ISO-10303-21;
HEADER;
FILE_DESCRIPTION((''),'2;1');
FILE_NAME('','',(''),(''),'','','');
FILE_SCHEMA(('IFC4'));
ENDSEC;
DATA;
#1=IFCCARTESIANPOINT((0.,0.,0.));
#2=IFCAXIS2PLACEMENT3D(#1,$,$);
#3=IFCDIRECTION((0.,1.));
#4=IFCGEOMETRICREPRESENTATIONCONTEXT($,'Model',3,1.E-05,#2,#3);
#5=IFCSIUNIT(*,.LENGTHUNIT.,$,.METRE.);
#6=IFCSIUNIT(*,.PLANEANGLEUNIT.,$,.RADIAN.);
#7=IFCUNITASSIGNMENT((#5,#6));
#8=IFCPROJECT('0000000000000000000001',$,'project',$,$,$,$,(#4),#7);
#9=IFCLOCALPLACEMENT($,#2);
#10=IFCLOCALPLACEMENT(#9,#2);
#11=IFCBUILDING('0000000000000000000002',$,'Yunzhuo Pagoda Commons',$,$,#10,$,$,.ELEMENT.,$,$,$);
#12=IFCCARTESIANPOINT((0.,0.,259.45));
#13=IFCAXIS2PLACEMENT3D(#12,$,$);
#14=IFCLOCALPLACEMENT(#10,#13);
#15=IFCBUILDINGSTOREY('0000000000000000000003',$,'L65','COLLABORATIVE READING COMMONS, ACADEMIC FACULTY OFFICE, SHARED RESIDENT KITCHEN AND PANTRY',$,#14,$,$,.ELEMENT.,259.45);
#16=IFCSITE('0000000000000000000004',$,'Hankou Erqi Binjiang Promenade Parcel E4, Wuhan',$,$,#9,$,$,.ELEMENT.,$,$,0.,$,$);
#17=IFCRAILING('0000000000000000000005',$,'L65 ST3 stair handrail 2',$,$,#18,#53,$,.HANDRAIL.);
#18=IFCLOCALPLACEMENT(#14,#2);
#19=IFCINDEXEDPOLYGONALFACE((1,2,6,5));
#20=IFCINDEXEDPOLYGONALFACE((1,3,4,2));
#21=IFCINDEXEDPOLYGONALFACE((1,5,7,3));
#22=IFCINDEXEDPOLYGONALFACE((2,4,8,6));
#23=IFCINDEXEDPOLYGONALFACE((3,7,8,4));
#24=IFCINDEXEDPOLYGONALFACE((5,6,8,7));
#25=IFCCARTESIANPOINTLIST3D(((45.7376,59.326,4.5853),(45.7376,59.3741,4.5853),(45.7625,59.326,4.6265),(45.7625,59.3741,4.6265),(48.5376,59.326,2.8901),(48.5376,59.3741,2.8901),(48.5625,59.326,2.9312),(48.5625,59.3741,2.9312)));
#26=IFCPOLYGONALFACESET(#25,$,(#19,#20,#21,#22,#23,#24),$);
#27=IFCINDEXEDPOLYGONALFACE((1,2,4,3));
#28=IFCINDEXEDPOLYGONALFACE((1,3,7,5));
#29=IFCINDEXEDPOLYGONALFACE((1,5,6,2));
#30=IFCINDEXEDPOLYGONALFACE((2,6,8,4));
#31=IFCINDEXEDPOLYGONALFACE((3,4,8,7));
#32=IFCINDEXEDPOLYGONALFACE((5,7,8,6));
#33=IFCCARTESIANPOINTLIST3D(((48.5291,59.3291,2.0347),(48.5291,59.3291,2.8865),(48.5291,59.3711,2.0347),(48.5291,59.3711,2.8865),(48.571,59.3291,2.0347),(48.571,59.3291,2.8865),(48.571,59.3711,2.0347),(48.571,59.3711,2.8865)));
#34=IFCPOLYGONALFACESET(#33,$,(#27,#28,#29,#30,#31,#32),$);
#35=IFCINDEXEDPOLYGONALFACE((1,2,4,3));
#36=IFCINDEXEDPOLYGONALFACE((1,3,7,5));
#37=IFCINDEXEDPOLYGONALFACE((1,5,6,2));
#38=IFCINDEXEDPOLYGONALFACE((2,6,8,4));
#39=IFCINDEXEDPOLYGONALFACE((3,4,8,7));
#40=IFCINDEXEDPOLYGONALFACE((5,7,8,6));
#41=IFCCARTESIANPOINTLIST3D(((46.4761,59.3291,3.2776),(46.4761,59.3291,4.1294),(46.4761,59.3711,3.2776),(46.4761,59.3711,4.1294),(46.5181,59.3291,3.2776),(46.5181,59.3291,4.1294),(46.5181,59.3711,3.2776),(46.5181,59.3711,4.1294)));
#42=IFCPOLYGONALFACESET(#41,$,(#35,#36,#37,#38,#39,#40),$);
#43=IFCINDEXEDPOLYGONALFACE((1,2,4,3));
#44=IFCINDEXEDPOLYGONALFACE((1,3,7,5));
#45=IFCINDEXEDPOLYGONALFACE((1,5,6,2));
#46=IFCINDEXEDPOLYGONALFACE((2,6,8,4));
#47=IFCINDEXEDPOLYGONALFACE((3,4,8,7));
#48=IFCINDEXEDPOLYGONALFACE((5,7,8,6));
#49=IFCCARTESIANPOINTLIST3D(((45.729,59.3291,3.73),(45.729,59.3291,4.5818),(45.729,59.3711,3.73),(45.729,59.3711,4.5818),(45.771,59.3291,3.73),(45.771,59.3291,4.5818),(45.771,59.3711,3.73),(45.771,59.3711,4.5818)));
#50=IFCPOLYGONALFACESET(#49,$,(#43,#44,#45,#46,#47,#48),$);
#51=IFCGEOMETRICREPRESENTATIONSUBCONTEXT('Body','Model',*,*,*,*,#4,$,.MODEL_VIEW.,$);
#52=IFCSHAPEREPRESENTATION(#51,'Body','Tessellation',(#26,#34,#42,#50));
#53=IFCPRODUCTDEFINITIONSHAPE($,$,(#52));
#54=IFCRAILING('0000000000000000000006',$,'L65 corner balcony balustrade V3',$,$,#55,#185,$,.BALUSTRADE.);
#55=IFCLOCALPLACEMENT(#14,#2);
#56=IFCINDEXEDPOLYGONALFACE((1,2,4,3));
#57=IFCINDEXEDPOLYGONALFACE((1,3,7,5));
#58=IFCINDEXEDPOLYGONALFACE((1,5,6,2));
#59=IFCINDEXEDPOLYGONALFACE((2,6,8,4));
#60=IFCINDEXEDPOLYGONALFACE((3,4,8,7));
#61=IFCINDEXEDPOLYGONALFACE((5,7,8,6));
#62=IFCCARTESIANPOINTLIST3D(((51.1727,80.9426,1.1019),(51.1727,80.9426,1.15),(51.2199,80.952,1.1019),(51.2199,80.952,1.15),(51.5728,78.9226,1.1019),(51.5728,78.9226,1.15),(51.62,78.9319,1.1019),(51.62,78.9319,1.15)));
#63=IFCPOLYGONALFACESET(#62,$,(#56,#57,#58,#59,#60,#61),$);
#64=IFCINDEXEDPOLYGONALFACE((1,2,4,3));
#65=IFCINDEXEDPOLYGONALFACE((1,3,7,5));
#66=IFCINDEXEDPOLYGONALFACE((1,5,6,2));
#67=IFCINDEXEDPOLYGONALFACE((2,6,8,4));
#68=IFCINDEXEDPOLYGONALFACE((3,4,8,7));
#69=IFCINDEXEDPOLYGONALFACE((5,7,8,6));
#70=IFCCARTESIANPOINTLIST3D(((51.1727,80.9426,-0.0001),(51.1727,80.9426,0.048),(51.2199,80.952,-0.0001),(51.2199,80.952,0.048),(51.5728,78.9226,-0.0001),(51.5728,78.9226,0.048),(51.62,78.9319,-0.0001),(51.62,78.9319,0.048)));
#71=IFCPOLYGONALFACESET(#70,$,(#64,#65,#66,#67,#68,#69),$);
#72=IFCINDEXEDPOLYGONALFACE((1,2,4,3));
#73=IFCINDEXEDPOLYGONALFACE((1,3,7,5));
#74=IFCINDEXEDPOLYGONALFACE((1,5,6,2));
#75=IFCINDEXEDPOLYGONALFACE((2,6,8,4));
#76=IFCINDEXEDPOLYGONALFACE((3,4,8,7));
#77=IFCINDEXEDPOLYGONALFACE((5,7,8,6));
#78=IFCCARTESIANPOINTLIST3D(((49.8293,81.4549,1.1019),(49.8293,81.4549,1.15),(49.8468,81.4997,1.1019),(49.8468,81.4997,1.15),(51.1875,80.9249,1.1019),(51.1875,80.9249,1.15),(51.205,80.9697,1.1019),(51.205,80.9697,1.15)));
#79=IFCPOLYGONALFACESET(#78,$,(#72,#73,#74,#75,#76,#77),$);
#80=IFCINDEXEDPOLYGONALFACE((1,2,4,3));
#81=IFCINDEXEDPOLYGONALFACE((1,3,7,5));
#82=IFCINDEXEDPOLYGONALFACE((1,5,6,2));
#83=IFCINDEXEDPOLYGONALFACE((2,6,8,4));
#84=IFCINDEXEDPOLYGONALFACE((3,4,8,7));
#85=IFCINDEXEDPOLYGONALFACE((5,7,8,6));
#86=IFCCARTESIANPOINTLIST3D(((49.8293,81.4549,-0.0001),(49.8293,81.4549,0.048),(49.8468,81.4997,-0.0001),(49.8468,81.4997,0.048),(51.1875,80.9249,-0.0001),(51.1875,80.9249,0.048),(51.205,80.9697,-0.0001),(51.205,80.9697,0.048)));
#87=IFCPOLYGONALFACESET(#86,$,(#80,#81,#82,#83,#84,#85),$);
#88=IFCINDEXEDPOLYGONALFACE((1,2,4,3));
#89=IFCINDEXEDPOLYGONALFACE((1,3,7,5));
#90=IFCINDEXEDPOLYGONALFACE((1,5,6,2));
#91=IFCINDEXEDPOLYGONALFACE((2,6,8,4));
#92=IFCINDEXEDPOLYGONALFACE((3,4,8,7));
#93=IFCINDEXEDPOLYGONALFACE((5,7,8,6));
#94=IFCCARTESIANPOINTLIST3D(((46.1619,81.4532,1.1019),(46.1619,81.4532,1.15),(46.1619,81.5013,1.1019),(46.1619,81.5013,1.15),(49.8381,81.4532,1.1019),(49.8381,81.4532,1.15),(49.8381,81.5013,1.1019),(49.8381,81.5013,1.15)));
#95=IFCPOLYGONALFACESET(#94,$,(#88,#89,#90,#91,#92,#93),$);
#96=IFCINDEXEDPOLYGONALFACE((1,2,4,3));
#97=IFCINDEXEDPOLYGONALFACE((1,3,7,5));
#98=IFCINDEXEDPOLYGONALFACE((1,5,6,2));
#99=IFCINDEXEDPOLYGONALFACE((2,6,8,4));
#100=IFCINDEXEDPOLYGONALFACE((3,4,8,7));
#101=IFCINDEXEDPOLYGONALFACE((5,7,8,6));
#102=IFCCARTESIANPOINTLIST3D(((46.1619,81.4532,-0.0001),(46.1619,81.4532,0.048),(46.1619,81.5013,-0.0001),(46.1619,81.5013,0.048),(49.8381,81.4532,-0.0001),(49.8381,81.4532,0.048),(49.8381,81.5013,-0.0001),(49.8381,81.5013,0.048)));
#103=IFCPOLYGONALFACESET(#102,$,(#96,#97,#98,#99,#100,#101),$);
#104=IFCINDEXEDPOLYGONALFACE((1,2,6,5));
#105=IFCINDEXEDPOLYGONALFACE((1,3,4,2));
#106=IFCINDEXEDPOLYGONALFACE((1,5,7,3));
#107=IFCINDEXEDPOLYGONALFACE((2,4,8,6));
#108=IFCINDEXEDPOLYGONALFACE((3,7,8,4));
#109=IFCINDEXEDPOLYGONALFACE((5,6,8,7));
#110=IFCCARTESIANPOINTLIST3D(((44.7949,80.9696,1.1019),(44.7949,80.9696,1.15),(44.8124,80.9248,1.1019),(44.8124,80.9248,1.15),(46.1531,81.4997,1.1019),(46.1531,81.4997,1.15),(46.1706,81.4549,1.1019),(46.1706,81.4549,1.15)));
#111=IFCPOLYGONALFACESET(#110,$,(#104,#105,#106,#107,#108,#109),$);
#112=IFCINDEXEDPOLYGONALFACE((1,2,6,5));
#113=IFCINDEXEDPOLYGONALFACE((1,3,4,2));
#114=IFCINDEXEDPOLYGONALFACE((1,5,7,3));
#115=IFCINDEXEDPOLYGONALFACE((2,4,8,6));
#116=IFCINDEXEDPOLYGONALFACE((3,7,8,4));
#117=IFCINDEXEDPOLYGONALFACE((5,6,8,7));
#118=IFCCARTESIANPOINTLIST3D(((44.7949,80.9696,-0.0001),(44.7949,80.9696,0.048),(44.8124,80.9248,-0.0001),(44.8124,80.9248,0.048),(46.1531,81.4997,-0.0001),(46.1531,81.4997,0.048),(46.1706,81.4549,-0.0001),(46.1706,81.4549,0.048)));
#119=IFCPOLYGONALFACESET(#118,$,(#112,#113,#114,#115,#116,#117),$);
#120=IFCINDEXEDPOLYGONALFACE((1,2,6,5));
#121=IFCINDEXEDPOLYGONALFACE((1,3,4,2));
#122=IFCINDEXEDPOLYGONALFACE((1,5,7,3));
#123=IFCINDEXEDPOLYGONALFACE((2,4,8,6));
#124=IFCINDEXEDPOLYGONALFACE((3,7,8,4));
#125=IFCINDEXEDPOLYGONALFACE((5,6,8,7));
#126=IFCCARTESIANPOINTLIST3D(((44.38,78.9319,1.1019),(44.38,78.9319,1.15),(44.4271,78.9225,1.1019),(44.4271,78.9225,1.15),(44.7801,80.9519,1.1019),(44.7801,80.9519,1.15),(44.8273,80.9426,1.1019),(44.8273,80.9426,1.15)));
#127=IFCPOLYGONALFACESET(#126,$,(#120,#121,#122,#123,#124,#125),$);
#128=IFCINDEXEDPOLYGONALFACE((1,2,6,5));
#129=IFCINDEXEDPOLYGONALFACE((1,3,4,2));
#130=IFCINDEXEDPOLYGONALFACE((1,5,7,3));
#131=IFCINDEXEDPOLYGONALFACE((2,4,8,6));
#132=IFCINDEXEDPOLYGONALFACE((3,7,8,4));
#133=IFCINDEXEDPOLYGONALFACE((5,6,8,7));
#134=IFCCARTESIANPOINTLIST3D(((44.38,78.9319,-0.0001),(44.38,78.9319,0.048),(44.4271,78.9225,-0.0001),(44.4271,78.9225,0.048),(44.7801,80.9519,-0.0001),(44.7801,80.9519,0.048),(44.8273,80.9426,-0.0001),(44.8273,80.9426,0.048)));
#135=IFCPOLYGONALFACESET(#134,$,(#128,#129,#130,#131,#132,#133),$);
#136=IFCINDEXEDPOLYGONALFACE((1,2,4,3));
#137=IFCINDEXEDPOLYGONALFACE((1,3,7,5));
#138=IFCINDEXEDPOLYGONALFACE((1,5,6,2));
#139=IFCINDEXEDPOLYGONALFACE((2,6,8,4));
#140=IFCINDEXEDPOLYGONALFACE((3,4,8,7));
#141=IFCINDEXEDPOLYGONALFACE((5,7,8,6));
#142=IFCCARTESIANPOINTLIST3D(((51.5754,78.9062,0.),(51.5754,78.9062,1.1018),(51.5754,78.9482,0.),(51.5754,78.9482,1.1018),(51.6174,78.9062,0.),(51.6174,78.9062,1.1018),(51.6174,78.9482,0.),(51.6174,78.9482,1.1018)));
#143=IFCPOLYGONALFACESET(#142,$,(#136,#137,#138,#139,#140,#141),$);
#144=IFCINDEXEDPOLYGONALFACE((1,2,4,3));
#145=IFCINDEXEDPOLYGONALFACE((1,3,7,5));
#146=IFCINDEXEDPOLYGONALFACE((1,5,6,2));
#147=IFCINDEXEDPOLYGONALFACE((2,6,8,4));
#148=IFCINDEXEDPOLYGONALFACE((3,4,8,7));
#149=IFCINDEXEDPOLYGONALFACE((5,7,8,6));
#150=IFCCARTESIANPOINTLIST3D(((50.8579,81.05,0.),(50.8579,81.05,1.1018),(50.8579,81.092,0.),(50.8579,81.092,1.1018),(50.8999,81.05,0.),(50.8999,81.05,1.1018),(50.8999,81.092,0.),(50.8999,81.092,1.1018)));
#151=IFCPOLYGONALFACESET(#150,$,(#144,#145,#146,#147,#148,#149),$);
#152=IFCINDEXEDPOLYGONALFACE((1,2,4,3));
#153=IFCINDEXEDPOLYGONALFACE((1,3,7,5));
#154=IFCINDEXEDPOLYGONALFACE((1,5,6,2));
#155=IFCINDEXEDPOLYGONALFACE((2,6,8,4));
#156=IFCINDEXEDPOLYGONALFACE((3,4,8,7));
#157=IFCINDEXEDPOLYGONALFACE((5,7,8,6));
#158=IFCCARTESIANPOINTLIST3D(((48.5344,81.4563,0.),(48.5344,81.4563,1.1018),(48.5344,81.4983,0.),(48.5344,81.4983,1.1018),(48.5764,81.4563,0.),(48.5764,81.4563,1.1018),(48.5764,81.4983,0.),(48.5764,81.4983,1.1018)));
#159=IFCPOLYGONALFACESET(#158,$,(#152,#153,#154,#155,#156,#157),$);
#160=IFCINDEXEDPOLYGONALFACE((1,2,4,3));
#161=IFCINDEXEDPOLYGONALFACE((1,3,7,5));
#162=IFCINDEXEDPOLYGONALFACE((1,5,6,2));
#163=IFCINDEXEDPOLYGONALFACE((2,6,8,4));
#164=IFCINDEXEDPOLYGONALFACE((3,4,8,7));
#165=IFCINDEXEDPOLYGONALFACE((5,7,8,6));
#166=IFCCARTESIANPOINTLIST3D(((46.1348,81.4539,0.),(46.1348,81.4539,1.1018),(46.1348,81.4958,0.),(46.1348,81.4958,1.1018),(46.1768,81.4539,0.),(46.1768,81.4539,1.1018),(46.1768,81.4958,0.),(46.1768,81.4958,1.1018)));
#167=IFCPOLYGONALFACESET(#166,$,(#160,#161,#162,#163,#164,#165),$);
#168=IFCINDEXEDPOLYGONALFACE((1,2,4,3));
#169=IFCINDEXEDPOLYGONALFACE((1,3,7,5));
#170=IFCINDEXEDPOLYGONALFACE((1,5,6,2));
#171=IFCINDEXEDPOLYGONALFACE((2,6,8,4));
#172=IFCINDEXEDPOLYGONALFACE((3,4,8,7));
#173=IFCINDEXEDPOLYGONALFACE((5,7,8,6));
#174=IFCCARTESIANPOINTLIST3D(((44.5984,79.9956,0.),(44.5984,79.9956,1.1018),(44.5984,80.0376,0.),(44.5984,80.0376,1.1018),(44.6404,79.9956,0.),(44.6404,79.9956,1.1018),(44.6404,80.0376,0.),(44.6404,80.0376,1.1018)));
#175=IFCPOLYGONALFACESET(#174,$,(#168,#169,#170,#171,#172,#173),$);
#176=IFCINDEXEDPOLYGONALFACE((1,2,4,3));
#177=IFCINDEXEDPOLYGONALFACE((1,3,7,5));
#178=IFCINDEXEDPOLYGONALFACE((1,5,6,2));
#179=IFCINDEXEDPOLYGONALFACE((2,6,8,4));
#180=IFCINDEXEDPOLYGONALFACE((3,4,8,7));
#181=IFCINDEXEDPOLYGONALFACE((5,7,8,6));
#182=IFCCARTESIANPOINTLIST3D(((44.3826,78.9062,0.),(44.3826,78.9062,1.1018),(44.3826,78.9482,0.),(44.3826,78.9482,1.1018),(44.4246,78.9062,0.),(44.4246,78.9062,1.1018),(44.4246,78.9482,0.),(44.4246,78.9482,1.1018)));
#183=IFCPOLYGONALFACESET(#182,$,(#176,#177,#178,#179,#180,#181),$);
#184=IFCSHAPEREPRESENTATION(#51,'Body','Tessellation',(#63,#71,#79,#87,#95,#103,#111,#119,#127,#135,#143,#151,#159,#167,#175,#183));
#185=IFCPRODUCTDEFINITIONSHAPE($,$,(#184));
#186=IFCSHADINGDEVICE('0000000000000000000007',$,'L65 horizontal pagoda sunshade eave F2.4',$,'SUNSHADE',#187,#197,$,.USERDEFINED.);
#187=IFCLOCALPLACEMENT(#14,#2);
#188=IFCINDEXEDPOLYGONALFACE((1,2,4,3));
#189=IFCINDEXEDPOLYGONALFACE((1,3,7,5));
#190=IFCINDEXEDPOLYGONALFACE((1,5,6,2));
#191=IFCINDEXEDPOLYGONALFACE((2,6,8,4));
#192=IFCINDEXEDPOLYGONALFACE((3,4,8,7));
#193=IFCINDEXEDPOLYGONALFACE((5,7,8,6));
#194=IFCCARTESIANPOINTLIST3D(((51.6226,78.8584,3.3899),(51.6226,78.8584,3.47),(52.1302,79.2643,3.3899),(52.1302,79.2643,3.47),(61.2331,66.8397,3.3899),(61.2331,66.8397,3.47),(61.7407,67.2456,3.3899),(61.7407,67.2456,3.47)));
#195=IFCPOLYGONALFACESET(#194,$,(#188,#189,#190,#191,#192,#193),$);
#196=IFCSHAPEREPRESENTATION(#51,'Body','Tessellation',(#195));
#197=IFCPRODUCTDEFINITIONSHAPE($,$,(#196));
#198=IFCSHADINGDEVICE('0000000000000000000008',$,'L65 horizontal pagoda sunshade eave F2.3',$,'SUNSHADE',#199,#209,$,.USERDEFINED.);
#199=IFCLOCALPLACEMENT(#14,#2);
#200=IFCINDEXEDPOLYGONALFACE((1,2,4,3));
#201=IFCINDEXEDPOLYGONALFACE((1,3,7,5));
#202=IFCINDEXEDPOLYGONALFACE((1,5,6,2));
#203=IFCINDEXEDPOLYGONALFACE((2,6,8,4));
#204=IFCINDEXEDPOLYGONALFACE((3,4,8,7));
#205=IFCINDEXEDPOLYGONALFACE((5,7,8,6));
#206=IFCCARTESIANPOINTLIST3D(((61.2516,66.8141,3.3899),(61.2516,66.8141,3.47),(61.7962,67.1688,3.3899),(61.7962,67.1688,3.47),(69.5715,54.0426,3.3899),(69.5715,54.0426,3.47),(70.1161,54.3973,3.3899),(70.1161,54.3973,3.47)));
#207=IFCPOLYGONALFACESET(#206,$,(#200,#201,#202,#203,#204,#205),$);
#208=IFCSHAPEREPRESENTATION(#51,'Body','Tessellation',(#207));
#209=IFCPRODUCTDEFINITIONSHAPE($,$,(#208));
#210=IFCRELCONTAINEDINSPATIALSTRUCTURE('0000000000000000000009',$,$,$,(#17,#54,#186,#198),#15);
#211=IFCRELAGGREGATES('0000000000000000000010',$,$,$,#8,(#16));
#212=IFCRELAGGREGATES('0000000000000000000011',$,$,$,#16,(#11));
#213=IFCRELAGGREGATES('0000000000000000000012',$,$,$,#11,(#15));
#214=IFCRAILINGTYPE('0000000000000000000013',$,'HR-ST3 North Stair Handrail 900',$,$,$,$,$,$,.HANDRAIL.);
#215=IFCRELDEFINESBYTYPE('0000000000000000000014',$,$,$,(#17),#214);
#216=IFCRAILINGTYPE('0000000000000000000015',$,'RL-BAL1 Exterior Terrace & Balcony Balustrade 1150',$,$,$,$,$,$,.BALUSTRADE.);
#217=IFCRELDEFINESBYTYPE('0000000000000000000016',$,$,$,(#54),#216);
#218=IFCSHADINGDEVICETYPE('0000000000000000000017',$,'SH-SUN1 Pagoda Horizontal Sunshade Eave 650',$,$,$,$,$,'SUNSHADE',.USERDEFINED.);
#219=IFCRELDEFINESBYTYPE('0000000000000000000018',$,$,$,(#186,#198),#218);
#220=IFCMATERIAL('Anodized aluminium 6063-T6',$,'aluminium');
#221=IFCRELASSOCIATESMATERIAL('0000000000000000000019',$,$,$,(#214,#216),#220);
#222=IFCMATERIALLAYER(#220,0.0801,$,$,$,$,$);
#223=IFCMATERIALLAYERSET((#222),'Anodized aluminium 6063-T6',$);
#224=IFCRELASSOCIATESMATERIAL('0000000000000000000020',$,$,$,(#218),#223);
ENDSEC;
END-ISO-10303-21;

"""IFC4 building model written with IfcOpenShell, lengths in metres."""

from ifc_helpers import new_model, si_unit, direction, frame, origin, origin_2d, place, context, subcontext, project, spatial, rectangle, extrude, source, transform, mapped, material, layer, layer_set, type_object, element, save


model = new_model("IFC4")

# Units and contexts
model_context = context("Model", 3, precision=1e-05, world=origin(), true_north=direction((0.0, 1.0)))
body_context = subcontext(model_context, "Body", "Model", "MODEL_VIEW")
ifc_project = project(units=[si_unit("LENGTHUNIT", "METRE"), si_unit("PLANEANGLEUNIT", "RADIAN")], contexts=[model_context])

# Site, building, storey
site_placement = place(None, origin())
site = spatial("IfcSite", under=ifc_project, at=site_placement, Name="Hankou Erqi Binjiang Promenade Parcel E4, Wuhan", CompositionType="ELEMENT", RefElevation=0.0)
building_placement = place(site_placement, origin())
building = spatial("IfcBuilding", under=site, at=building_placement, Name="Yunzhuo Pagoda Commons", CompositionType="ELEMENT")
storey_placement = place(building_placement, frame((0.0, 0.0, 259.45)))
storey = spatial("IfcBuildingStorey", under=building, at=storey_placement, Name="L65", Description="COLLABORATIVE READING COMMONS, ACADEMIC FACULTY OFFICE, SHARED RESIDENT KITCHEN AND PANTRY", CompositionType="ELEMENT", Elevation=259.45)

# Shared definitions
ifc_material_1 = material(Name="Anodized aluminium 6063-T6", Category="aluminium")

# Railings
railing_type_1 = type_object("IfcRailingType", Name="HR-ST3 North Stair Handrail 900", PredefinedType="HANDRAIL", material=ifc_material_1)
railing_1_placement = place(storey_placement, frame((48.55, 59.3501, 2.0347)))
element("IfcRailing", 1, at=railing_1_placement, inside=storey, type_object=railing_type_1, Name="L65 ST3 stair handrail 2", PredefinedType="HANDRAIL", context=body_context, shape_type="SweptSolid", body=[
    extrude(rectangle(XDim=0.0481, YDim=0.0481, at=origin_2d()), frame((0.0, 0.0, 0.876), z_axis=(-0.855426, 0.0, 0.517925), x_axis=(0.0, -1.0, 0.0)), (0.0, 0.0, 1.0), 3.2732),
    extrude(rectangle(XDim=0.042, YDim=0.042, at=origin_2d()), origin(), (0.0, 0.0, 1.0), 0.8518),
    extrude(rectangle(XDim=0.042, YDim=0.042, at=origin_2d()), frame((-2.053, 0.0, 1.2429)), (0.0, 0.0, 1.0), 0.8518),
    extrude(rectangle(XDim=0.042, YDim=0.042, at=origin_2d()), frame((-2.8, 0.0, 1.6953)), (0.0, 0.0, 1.0), 0.8518),
])
railing_type_2 = type_object("IfcRailingType", Name="RL-BAL1 Exterior Terrace & Balcony Balustrade 1150", PredefinedType="BALUSTRADE", material=ifc_material_1)
railing_2_placement = place(storey_placement, frame((51.5964, 78.9272, 0.0)))
element("IfcRailing", 2, at=railing_2_placement, inside=storey, type_object=railing_type_2, Name="L65 corner balcony balustrade V3", PredefinedType="BALUSTRADE", context=body_context, shape_type="SweptSolid", body=[
    extrude(rectangle(XDim=0.0481, YDim=0.0481, at=origin_2d()), frame((0.0, 0.0, 1.126), z_axis=(-0.194315, 0.980939, 0.0), x_axis=(-0.980939, -0.194315, 0.0)), (0.0, 0.0, 1.0), 2.0593),
    extrude(rectangle(XDim=0.0481, YDim=0.0481, at=origin_2d()), frame((0.0, 0.0, 0.0239), z_axis=(-0.194315, 0.980939, 0.0), x_axis=(-0.980939, -0.194315, 0.0)), (0.0, 0.0, 1.0), 2.0593),
    extrude(rectangle(XDim=0.0481, YDim=0.0481, at=origin_2d()), frame((-0.4001, 2.02, 1.126), z_axis=(-0.931573, 0.363553, 0.0), x_axis=(-0.363553, -0.931573, 0.0)), (0.0, 0.0, 1.0), 1.458),
    extrude(rectangle(XDim=0.0481, YDim=0.0481, at=origin_2d()), frame((-0.4001, 2.02, 0.0239), z_axis=(-0.931573, 0.363553, 0.0), x_axis=(-0.363553, -0.931573, 0.0)), (0.0, 0.0, 1.0), 1.458),
    extrude(rectangle(XDim=0.0481, YDim=0.0481, at=origin_2d()), frame((-1.7583, 2.55, 1.126), z_axis=(-1.0, 0.0, 0.0), x_axis=(0.0, -1.0, 0.0)), (0.0, 0.0, 1.0), 3.6763),
    extrude(rectangle(XDim=0.0481, YDim=0.0481, at=origin_2d()), frame((-1.7583, 2.55, 0.0239), z_axis=(-1.0, 0.0, 0.0), x_axis=(0.0, -1.0, 0.0)), (0.0, 0.0, 1.0), 3.6763),
    extrude(rectangle(XDim=0.0481, YDim=0.0481, at=origin_2d()), frame((-5.4346, 2.55, 1.126), z_axis=(-0.931573, -0.363553, 0.0), x_axis=(0.363553, -0.931573, 0.0)), (0.0, 0.0, 1.0), 1.458),
    extrude(rectangle(XDim=0.0481, YDim=0.0481, at=origin_2d()), frame((-5.4346, 2.55, 0.0239), z_axis=(-0.931573, -0.363553, 0.0), x_axis=(0.363553, -0.931573, 0.0)), (0.0, 0.0, 1.0), 1.458),
    extrude(rectangle(XDim=0.0481, YDim=0.0481, at=origin_2d()), frame((-6.7927, 2.02, 1.126), z_axis=(-0.194315, -0.980939, 0.0), x_axis=(0.980939, -0.194315, 0.0)), (0.0, 0.0, 1.0), 2.0593),
    extrude(rectangle(XDim=0.0481, YDim=0.0481, at=origin_2d()), frame((-6.7927, 2.02, 0.0239), z_axis=(-0.194315, -0.980939, 0.0), x_axis=(0.980939, -0.194315, 0.0)), (0.0, 0.0, 1.0), 2.0593),
    extrude(rectangle(XDim=0.042, YDim=0.042, at=origin_2d()), origin(), (0.0, 0.0, 1.0), 1.1018),
    extrude(rectangle(XDim=0.042, YDim=0.042, at=origin_2d()), frame((-0.7175, 2.1438, 0.0)), (0.0, 0.0, 1.0), 1.1018),
    extrude(rectangle(XDim=0.042, YDim=0.042, at=origin_2d()), frame((-3.041, 2.55, 0.0)), (0.0, 0.0, 1.0), 1.1018),
    extrude(rectangle(XDim=0.042, YDim=0.042, at=origin_2d()), frame((-5.4407, 2.5476, 0.0)), (0.0, 0.0, 1.0), 1.1018),
    extrude(rectangle(XDim=0.042, YDim=0.042, at=origin_2d()), frame((-6.9771, 1.0894, 0.0)), (0.0, 0.0, 1.0), 1.1018),
    extrude(rectangle(XDim=0.042, YDim=0.042, at=origin_2d()), frame((-7.1929, 0.0, 0.0)), (0.0, 0.0, 1.0), 1.1018),
])

# Shading devices
ifc_layer_1 = layer(ifc_material_1, 0.0801)
ifc_layer_set_1 = layer_set([ifc_layer_1], Name="Anodized aluminium 6063-T6")
shading_device_type = type_object("IfcShadingDeviceType", Name="SH-SUN1 Pagoda Horizontal Sunshade Eave 650", ElementType="SUNSHADE", PredefinedType="USERDEFINED", material=ifc_layer_set_1)
shared_shape_1 = source(origin(), body_context, "Body", "SweptSolid", [
    extrude(rectangle(XDim=15.3887, YDim=0.6499, at=origin_2d()), origin(), (0.0, 0.0, 1.0), 0.0801),
])
shading_device_1_placement = place(storey_placement, frame((56.6816, 73.052, 3.3899), z_axis=(0.0, 0.0, 1.0), x_axis=(-0.62452, 0.781008, 0.0)))
element("IfcShadingDevice", 3, at=shading_device_1_placement, inside=storey, type_object=shading_device_type, Name="L65 horizontal pagoda sunshade eave F2.4", ObjectType="SUNSHADE", PredefinedType="USERDEFINED", context=body_context, shape_type="MappedRepresentation", body=[
    mapped(shared_shape_1, transform((0.0, 0.0, 0.0), scale=1.0)),
])
shared_shape_2 = source(origin(), body_context, "Body", "SweptSolid", [
    extrude(rectangle(XDim=15.2424, YDim=0.6499, at=origin_2d()), origin(), (0.0, 0.0, 1.0), 0.0801),
])
shading_device_2_placement = place(storey_placement, frame((65.6838, 60.6057, 3.3899), z_axis=(0.0, 0.0, 1.0), x_axis=(-0.545839, 0.83789, 0.0)))
element("IfcShadingDevice", 4, at=shading_device_2_placement, inside=storey, type_object=shading_device_type, Name="L65 horizontal pagoda sunshade eave F2.3", ObjectType="SUNSHADE", PredefinedType="USERDEFINED", context=body_context, shape_type="MappedRepresentation", body=[
    mapped(shared_shape_2, transform((0.0, 0.0, 0.0), scale=1.0)),
])

save(model, "model.ifc")
